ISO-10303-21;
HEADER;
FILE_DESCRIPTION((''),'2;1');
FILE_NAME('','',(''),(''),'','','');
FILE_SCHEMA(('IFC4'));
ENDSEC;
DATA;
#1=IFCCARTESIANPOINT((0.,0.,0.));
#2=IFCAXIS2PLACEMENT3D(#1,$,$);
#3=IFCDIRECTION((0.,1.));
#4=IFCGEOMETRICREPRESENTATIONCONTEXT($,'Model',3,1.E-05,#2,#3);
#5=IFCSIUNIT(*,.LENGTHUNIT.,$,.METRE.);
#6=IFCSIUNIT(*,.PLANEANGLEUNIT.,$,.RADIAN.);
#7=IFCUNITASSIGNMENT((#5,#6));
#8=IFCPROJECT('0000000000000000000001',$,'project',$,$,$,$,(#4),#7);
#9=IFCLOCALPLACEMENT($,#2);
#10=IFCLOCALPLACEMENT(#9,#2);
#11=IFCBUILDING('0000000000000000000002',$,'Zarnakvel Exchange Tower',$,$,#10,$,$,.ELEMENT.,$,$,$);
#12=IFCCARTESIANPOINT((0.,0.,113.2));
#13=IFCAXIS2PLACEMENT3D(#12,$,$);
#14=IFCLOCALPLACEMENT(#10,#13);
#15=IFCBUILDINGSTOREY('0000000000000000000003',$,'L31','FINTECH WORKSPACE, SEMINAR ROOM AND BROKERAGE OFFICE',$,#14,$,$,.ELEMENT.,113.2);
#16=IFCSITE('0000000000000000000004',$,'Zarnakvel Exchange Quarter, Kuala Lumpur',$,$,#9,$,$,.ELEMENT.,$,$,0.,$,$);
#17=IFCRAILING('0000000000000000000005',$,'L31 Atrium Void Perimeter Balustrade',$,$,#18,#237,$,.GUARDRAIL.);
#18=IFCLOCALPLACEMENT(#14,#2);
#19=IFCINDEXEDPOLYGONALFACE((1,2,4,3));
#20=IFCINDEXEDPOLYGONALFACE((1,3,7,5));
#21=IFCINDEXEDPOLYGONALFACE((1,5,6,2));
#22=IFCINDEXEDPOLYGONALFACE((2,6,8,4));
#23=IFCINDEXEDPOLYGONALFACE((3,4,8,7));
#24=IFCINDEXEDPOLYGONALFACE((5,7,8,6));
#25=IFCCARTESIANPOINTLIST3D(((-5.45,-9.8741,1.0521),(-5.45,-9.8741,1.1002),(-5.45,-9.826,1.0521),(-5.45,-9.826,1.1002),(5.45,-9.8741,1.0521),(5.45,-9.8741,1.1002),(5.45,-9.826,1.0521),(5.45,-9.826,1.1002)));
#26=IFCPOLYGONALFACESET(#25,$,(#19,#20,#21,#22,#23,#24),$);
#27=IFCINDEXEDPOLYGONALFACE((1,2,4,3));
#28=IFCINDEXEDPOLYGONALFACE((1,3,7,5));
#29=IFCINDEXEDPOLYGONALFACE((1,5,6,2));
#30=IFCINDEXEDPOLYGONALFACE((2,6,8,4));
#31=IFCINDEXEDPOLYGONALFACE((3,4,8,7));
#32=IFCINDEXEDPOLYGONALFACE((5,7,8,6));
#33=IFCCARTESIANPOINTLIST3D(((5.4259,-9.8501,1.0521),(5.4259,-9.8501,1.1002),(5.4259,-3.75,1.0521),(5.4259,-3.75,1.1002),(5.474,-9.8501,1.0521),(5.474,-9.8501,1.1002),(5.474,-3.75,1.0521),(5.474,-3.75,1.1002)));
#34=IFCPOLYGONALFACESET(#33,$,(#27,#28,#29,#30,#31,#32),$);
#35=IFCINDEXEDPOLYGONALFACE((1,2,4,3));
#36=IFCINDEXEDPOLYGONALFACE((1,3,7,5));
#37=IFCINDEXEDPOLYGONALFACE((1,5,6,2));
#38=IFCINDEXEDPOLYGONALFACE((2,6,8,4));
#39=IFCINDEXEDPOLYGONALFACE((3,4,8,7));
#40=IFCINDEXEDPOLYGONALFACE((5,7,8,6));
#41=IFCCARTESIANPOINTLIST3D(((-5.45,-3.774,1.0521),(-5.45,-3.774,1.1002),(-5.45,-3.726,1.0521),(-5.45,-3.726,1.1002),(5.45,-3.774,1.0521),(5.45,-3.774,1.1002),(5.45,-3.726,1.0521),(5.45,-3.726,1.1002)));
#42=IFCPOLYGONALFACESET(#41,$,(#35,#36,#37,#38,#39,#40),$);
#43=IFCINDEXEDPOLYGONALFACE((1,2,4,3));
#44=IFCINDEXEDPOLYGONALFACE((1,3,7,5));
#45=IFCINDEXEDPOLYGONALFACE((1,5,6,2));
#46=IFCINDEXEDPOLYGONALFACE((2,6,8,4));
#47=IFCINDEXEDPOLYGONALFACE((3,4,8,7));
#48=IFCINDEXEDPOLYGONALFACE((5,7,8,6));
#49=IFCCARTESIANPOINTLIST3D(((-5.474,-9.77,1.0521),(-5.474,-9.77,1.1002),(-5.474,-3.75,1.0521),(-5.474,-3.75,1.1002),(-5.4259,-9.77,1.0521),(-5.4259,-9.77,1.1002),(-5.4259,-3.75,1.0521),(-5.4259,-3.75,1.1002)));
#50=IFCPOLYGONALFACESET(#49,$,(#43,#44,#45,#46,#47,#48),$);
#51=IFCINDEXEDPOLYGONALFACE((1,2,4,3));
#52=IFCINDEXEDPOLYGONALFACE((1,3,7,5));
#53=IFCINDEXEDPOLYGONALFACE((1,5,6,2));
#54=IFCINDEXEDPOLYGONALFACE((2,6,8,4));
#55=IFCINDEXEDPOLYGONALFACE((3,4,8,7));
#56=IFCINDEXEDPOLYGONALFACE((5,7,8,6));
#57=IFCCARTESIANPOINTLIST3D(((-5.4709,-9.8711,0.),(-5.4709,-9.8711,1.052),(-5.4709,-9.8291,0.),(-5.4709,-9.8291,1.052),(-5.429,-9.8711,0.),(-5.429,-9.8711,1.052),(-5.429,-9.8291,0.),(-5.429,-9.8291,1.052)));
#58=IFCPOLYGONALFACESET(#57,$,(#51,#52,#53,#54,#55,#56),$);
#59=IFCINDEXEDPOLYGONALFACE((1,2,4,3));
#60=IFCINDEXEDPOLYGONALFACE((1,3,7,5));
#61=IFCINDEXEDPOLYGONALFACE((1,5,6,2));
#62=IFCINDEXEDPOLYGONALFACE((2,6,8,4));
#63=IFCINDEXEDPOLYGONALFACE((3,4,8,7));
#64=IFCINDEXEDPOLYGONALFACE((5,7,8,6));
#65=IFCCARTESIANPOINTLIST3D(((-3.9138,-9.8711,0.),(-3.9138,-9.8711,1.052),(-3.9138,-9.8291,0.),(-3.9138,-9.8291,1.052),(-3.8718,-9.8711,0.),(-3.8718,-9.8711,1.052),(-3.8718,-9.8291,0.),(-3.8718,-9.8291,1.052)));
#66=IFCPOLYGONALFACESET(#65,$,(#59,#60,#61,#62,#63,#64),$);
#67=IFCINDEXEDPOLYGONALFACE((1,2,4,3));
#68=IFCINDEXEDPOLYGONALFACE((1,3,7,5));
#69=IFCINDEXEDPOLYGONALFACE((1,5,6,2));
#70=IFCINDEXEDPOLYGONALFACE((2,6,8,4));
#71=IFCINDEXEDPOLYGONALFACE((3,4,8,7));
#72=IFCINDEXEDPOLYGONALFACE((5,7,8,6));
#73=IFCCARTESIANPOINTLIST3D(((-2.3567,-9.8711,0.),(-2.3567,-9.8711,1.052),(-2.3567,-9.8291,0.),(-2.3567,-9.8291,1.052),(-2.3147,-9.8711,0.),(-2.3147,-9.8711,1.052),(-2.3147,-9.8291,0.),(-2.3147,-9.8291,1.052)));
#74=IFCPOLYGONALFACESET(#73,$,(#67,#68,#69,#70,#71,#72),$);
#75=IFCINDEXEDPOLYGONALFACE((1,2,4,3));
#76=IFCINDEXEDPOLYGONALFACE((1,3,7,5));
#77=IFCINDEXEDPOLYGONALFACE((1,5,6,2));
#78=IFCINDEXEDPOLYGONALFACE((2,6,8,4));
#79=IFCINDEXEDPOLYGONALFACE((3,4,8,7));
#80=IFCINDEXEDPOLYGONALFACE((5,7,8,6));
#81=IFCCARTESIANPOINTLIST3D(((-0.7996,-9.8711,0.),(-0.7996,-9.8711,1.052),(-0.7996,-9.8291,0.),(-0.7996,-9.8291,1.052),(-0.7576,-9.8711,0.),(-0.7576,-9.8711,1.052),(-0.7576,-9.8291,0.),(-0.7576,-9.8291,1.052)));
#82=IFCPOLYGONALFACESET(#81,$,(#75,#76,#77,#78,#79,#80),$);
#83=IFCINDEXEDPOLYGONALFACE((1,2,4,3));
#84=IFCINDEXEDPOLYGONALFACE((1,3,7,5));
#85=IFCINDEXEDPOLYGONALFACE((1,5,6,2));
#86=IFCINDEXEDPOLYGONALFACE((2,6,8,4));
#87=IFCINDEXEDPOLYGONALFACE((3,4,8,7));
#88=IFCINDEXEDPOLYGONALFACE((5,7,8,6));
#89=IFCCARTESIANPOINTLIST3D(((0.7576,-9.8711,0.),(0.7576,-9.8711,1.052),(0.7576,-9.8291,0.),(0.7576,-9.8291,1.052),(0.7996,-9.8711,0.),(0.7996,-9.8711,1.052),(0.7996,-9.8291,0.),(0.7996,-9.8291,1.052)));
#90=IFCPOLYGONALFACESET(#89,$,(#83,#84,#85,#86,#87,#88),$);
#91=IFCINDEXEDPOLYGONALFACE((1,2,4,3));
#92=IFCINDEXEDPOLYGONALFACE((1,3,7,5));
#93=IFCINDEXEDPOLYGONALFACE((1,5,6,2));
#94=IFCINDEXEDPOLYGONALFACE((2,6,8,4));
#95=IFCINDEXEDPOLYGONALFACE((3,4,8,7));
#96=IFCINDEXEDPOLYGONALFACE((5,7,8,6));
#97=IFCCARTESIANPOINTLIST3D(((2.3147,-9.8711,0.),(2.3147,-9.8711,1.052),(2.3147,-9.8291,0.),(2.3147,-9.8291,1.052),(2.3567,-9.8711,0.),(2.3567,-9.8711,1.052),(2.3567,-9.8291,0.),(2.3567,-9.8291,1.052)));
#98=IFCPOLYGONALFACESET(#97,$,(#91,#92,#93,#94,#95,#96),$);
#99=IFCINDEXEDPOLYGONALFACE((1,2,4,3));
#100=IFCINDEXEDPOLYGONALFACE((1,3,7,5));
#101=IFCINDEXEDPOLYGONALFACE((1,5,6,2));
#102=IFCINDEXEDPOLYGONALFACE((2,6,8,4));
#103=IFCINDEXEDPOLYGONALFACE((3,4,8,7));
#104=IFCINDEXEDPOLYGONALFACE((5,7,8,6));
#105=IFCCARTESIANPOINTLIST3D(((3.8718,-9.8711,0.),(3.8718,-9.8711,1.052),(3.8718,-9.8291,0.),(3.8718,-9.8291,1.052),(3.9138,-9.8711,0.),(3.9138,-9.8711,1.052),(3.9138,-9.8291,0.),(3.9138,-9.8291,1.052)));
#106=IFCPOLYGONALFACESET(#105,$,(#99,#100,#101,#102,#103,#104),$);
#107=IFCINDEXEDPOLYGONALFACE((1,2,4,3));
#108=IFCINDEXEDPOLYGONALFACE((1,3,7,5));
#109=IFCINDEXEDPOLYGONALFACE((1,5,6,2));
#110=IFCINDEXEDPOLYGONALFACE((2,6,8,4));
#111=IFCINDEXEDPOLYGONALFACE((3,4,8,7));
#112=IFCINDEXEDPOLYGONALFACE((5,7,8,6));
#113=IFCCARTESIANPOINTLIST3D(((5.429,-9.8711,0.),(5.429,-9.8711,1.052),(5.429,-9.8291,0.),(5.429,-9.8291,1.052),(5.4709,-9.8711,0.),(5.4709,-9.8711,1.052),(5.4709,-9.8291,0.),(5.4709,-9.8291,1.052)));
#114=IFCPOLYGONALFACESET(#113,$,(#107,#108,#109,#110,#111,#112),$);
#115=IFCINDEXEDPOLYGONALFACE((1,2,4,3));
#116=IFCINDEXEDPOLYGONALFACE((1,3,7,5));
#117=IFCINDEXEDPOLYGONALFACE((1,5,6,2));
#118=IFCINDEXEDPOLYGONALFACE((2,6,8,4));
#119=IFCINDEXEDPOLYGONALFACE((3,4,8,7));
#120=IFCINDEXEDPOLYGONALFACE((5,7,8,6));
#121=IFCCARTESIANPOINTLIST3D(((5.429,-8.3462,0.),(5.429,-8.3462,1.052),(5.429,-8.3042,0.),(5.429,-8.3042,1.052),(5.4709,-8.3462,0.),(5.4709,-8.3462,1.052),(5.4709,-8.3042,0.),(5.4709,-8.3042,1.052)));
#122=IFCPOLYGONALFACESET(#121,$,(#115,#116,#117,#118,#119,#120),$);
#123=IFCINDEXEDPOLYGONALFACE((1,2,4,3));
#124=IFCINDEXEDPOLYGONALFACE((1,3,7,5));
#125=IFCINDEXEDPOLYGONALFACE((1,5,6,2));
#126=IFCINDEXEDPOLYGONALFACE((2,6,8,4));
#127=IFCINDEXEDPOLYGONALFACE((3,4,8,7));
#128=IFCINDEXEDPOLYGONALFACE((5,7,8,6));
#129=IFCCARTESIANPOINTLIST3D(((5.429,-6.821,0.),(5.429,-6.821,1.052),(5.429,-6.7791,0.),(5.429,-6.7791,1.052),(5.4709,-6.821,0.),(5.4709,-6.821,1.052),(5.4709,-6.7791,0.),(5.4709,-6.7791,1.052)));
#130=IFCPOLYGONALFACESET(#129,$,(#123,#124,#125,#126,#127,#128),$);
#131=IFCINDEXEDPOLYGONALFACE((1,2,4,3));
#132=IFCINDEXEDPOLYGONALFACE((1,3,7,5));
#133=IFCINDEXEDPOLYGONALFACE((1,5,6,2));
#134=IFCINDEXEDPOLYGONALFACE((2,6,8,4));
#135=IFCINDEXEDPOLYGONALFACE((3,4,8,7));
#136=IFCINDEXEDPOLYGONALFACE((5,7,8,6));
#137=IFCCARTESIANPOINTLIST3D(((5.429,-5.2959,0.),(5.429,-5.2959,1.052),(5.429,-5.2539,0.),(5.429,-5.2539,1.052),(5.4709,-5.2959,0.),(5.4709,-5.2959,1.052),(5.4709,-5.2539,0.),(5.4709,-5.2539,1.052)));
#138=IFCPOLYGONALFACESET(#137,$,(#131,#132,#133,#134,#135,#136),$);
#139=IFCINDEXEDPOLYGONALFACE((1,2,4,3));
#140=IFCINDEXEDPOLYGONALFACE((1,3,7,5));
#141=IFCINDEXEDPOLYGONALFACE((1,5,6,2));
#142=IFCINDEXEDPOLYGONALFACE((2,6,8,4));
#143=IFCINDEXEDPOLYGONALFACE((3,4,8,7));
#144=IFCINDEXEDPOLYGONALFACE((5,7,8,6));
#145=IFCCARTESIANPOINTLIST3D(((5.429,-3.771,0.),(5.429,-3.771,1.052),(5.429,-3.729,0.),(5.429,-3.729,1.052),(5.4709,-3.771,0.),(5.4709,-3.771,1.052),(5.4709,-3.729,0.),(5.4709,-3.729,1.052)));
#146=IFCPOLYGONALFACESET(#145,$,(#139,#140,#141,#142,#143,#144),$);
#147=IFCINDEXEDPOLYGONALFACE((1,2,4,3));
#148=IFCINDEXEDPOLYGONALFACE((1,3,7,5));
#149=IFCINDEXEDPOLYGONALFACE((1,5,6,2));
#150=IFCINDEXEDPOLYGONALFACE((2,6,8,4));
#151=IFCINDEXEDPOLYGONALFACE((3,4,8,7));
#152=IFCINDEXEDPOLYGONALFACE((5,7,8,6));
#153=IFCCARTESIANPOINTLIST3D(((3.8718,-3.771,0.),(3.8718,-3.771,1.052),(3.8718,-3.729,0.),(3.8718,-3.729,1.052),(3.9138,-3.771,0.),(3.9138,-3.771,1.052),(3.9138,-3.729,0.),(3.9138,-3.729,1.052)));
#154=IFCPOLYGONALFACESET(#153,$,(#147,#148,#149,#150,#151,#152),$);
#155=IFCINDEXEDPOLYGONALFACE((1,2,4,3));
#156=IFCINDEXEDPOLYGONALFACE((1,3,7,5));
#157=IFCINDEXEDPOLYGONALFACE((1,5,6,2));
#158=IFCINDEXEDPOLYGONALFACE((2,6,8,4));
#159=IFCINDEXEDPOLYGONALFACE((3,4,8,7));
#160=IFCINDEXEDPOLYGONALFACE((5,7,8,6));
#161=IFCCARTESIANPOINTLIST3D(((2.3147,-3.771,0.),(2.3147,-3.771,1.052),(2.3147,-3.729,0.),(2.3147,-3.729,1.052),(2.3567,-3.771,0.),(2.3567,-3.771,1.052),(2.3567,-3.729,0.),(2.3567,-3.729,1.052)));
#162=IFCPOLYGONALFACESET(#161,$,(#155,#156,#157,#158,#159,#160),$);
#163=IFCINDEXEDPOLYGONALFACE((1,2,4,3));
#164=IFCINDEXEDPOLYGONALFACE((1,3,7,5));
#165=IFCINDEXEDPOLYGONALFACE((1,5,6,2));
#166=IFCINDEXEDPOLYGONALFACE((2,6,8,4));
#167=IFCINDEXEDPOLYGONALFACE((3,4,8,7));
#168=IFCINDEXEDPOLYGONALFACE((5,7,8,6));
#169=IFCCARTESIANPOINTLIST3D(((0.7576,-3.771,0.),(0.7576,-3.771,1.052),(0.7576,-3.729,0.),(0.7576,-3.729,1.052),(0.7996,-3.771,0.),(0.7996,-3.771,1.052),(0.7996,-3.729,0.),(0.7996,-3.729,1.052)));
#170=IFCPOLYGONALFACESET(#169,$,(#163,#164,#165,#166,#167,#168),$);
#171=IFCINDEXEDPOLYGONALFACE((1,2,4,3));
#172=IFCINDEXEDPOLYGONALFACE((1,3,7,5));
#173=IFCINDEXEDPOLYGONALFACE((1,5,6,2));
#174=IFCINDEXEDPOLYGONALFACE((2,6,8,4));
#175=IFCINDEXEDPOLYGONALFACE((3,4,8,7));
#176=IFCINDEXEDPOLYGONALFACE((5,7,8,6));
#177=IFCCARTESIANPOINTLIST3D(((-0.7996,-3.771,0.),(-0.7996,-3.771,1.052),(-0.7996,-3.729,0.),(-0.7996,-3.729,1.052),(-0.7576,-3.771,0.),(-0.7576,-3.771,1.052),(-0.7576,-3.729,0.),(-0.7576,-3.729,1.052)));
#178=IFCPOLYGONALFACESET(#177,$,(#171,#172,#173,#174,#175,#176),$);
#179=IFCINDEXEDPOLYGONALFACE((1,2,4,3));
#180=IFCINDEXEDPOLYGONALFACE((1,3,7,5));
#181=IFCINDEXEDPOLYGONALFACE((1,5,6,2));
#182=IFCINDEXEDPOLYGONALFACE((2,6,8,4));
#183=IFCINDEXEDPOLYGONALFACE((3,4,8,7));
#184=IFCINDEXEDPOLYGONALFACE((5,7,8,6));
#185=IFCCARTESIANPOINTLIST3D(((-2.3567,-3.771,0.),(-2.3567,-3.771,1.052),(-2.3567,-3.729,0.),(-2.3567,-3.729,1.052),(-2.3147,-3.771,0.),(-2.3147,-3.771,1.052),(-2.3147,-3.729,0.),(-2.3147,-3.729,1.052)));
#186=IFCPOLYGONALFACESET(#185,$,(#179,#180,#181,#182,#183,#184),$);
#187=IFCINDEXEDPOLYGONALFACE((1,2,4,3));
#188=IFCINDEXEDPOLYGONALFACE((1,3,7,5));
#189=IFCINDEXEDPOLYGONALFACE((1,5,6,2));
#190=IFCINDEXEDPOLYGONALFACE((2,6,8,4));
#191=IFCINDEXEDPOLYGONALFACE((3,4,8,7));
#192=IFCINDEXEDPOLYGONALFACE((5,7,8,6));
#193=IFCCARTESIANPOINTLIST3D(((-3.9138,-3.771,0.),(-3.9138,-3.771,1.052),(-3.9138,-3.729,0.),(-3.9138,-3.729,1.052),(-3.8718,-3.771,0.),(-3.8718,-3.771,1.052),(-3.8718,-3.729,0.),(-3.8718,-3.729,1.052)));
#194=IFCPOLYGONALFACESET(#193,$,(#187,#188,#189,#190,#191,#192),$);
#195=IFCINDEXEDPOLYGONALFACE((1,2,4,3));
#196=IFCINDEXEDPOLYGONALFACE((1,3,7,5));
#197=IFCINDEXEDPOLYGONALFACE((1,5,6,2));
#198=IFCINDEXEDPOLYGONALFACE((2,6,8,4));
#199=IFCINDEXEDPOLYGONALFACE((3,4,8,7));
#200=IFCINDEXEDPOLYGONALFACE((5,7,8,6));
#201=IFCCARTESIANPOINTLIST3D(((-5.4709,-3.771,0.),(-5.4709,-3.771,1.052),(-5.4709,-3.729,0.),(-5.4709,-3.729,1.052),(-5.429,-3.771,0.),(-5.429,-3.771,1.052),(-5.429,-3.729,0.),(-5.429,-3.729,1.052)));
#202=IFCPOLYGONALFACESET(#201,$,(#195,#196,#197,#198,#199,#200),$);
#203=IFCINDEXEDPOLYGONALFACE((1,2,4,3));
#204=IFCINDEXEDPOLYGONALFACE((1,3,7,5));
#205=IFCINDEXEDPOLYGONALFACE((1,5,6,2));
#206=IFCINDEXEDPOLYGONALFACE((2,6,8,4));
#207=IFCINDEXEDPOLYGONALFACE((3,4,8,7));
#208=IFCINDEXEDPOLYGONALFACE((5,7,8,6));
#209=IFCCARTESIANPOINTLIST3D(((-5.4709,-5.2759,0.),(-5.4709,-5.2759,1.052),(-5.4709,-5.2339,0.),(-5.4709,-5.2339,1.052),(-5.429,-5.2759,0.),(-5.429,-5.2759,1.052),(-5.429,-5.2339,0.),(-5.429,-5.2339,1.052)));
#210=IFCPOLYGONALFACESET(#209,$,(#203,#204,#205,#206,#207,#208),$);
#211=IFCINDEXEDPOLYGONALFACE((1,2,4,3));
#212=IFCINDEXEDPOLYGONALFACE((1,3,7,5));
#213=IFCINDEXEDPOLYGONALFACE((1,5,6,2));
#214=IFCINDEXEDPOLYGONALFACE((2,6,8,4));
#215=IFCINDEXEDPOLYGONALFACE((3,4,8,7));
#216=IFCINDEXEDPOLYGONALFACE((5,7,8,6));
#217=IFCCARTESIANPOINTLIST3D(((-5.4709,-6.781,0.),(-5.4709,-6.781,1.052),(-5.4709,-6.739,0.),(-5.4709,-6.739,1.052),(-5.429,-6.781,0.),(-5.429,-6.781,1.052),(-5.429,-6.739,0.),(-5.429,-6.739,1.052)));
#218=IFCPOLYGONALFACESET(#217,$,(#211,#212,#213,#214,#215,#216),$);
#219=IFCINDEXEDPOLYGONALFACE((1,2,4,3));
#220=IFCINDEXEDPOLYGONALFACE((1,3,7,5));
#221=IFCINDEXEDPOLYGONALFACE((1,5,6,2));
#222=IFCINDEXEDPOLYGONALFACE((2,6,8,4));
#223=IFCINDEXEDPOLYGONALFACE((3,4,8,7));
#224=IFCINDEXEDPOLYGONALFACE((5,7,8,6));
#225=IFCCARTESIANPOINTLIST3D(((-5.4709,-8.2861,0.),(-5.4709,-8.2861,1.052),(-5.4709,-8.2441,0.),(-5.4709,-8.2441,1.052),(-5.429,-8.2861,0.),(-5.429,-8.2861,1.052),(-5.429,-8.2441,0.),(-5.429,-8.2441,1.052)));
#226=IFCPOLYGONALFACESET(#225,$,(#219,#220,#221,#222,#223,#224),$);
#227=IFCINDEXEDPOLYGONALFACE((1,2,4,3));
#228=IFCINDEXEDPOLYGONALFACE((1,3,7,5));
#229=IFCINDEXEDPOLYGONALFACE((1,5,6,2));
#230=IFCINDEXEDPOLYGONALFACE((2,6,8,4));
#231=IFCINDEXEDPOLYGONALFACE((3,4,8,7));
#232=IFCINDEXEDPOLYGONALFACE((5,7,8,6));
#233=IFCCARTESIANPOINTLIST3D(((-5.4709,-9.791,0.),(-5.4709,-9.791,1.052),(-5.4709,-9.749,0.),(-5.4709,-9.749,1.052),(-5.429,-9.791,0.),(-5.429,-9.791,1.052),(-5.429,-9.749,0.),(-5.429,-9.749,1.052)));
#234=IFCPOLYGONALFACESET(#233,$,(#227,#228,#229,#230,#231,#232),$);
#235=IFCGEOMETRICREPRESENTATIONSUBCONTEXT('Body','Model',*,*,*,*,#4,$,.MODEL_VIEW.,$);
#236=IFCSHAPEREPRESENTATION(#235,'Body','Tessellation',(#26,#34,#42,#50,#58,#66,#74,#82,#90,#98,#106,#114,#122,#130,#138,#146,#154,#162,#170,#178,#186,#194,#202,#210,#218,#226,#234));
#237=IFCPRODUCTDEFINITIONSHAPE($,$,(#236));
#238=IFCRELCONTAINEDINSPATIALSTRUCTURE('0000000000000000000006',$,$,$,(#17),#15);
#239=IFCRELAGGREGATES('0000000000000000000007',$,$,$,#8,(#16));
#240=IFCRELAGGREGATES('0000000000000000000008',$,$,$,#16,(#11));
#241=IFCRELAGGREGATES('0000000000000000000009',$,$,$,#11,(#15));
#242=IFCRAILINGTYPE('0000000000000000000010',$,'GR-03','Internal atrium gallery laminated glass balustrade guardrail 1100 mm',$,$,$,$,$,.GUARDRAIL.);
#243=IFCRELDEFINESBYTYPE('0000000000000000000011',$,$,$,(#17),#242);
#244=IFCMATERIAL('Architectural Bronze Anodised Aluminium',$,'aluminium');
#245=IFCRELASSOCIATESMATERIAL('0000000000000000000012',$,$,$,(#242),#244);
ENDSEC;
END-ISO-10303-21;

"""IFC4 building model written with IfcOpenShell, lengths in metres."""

from ifc_helpers import new_model, si_unit, direction, frame, origin, origin_2d, place, context, subcontext, project, spatial, rectangle, extrude, material, type_object, element, save


model = new_model("IFC4")

# Units and contexts
model_context = context("Model", 3, precision=1e-05, world=origin(), true_north=direction((0.0, 1.0)))
body_context = subcontext(model_context, "Body", "Model", "MODEL_VIEW")
ifc_project = project(units=[si_unit("LENGTHUNIT", "METRE"), si_unit("PLANEANGLEUNIT", "RADIAN")], contexts=[model_context])

# Site, building, storey
site_placement = place(None, origin())
site = spatial("IfcSite", under=ifc_project, at=site_placement, Name="Zarnakvel Exchange Quarter, Kuala Lumpur", CompositionType="ELEMENT", RefElevation=0.0)
building_placement = place(site_placement, origin())
building = spatial("IfcBuilding", under=site, at=building_placement, Name="Zarnakvel Exchange Tower", CompositionType="ELEMENT")
storey_placement = place(building_placement, frame((0.0, 0.0, 113.2)))
storey = spatial("IfcBuildingStorey", under=building, at=storey_placement, Name="L31", Description="FINTECH WORKSPACE, SEMINAR ROOM AND BROKERAGE OFFICE", CompositionType="ELEMENT", Elevation=113.2)

# Railing
ifc_material_1 = material(Name="Architectural Bronze Anodised Aluminium", Category="aluminium")
railing_type = type_object("IfcRailingType", Name="GR-03", Description="Internal atrium gallery laminated glass balustrade guardrail 1100 mm", PredefinedType="GUARDRAIL", material=ifc_material_1)
railing_placement = place(storey_placement, frame((-5.45, -9.8501, 0.0)))
element("IfcRailing", 1, at=railing_placement, inside=storey, type_object=railing_type, Name="L31 Atrium Void Perimeter Balustrade", PredefinedType="GUARDRAIL", context=body_context, shape_type="SweptSolid", body=[
    extrude(rectangle(XDim=0.0481, YDim=0.0481, at=origin_2d()), frame((0.0, 0.0, 1.0762), z_axis=(1.0, 0.0, 0.0), x_axis=(0.0, 1.0, 0.0)), (0.0, 0.0, 1.0), 10.8999),
    extrude(rectangle(XDim=0.0481, YDim=0.0481, at=origin_2d()), frame((10.8999, 0.0, 1.0762), z_axis=(0.0, 1.0, 0.0), x_axis=(-1.0, 0.0, 0.0)), (0.0, 0.0, 1.0), 6.1001),
    extrude(rectangle(XDim=0.0481, YDim=0.0481, at=origin_2d()), frame((10.8999, 6.1001, 1.0762), z_axis=(-1.0, 0.0, 0.0), x_axis=(0.0, -1.0, 0.0)), (0.0, 0.0, 1.0), 10.8999),
    extrude(rectangle(XDim=0.0481, YDim=0.0481, at=origin_2d()), frame((0.0, 6.1001, 1.0762), z_axis=(0.0, -1.0, 0.0), x_axis=(1.0, 0.0, 0.0)), (0.0, 0.0, 1.0), 6.02),
    extrude(rectangle(XDim=0.042, YDim=0.042, at=origin_2d()), origin(), (0.0, 0.0, 1.0), 1.052),
    extrude(rectangle(XDim=0.042, YDim=0.042, at=origin_2d()), frame((1.5571, 0.0, 0.0)), (0.0, 0.0, 1.0), 1.052),
    extrude(rectangle(XDim=0.042, YDim=0.042, at=origin_2d()), frame((3.1143, 0.0, 0.0)), (0.0, 0.0, 1.0), 1.052),
    extrude(rectangle(XDim=0.042, YDim=0.042, at=origin_2d()), frame((4.6714, 0.0, 0.0)), (0.0, 0.0, 1.0), 1.052),
    extrude(rectangle(XDim=0.042, YDim=0.042, at=origin_2d()), frame((6.2285, 0.0, 0.0)), (0.0, 0.0, 1.0), 1.052),
    extrude(rectangle(XDim=0.042, YDim=0.042, at=origin_2d()), frame((7.7856, 0.0, 0.0)), (0.0, 0.0, 1.0), 1.052),
    extrude(rectangle(XDim=0.042, YDim=0.042, at=origin_2d()), frame((9.3428, 0.0, 0.0)), (0.0, 0.0, 1.0), 1.052),
    extrude(rectangle(XDim=0.042, YDim=0.042, at=origin_2d()), frame((10.8999, 0.0, 0.0)), (0.0, 0.0, 1.0), 1.052),
    extrude(rectangle(XDim=0.042, YDim=0.042, at=origin_2d()), frame((10.8999, 1.5249, 0.0)), (0.0, 0.0, 1.0), 1.052),
    extrude(rectangle(XDim=0.042, YDim=0.042, at=origin_2d()), frame((10.8999, 3.05, 0.0)), (0.0, 0.0, 1.0), 1.052),
    extrude(rectangle(XDim=0.042, YDim=0.042, at=origin_2d()), frame((10.8999, 4.5752, 0.0)), (0.0, 0.0, 1.0), 1.052),
    extrude(rectangle(XDim=0.042, YDim=0.042, at=origin_2d()), frame((10.8999, 6.1001, 0.0)), (0.0, 0.0, 1.0), 1.052),
    extrude(rectangle(XDim=0.042, YDim=0.042, at=origin_2d()), frame((9.3428, 6.1001, 0.0)), (0.0, 0.0, 1.0), 1.052),
    extrude(rectangle(XDim=0.042, YDim=0.042, at=origin_2d()), frame((7.7856, 6.1001, 0.0)), (0.0, 0.0, 1.0), 1.052),
    extrude(rectangle(XDim=0.042, YDim=0.042, at=origin_2d()), frame((6.2285, 6.1001, 0.0)), (0.0, 0.0, 1.0), 1.052),
    extrude(rectangle(XDim=0.042, YDim=0.042, at=origin_2d()), frame((4.6714, 6.1001, 0.0)), (0.0, 0.0, 1.0), 1.052),
    extrude(rectangle(XDim=0.042, YDim=0.042, at=origin_2d()), frame((3.1143, 6.1001, 0.0)), (0.0, 0.0, 1.0), 1.052),
    extrude(rectangle(XDim=0.042, YDim=0.042, at=origin_2d()), frame((1.5571, 6.1001, 0.0)), (0.0, 0.0, 1.0), 1.052),
    extrude(rectangle(XDim=0.042, YDim=0.042, at=origin_2d()), frame((0.0, 6.1001, 0.0)), (0.0, 0.0, 1.0), 1.052),
    extrude(rectangle(XDim=0.042, YDim=0.042, at=origin_2d()), frame((0.0, 4.5952, 0.0)), (0.0, 0.0, 1.0), 1.052),
    extrude(rectangle(XDim=0.042, YDim=0.042, at=origin_2d()), frame((0.0, 3.0901, 0.0)), (0.0, 0.0, 1.0), 1.052),
    extrude(rectangle(XDim=0.042, YDim=0.042, at=origin_2d()), frame((0.0, 1.585, 0.0)), (0.0, 0.0, 1.0), 1.052),
    extrude(rectangle(XDim=0.042, YDim=0.042, at=origin_2d()), frame((0.0, 0.0801, 0.0)), (0.0, 0.0, 1.0), 1.052),
])

save(model, "model.ifc")
